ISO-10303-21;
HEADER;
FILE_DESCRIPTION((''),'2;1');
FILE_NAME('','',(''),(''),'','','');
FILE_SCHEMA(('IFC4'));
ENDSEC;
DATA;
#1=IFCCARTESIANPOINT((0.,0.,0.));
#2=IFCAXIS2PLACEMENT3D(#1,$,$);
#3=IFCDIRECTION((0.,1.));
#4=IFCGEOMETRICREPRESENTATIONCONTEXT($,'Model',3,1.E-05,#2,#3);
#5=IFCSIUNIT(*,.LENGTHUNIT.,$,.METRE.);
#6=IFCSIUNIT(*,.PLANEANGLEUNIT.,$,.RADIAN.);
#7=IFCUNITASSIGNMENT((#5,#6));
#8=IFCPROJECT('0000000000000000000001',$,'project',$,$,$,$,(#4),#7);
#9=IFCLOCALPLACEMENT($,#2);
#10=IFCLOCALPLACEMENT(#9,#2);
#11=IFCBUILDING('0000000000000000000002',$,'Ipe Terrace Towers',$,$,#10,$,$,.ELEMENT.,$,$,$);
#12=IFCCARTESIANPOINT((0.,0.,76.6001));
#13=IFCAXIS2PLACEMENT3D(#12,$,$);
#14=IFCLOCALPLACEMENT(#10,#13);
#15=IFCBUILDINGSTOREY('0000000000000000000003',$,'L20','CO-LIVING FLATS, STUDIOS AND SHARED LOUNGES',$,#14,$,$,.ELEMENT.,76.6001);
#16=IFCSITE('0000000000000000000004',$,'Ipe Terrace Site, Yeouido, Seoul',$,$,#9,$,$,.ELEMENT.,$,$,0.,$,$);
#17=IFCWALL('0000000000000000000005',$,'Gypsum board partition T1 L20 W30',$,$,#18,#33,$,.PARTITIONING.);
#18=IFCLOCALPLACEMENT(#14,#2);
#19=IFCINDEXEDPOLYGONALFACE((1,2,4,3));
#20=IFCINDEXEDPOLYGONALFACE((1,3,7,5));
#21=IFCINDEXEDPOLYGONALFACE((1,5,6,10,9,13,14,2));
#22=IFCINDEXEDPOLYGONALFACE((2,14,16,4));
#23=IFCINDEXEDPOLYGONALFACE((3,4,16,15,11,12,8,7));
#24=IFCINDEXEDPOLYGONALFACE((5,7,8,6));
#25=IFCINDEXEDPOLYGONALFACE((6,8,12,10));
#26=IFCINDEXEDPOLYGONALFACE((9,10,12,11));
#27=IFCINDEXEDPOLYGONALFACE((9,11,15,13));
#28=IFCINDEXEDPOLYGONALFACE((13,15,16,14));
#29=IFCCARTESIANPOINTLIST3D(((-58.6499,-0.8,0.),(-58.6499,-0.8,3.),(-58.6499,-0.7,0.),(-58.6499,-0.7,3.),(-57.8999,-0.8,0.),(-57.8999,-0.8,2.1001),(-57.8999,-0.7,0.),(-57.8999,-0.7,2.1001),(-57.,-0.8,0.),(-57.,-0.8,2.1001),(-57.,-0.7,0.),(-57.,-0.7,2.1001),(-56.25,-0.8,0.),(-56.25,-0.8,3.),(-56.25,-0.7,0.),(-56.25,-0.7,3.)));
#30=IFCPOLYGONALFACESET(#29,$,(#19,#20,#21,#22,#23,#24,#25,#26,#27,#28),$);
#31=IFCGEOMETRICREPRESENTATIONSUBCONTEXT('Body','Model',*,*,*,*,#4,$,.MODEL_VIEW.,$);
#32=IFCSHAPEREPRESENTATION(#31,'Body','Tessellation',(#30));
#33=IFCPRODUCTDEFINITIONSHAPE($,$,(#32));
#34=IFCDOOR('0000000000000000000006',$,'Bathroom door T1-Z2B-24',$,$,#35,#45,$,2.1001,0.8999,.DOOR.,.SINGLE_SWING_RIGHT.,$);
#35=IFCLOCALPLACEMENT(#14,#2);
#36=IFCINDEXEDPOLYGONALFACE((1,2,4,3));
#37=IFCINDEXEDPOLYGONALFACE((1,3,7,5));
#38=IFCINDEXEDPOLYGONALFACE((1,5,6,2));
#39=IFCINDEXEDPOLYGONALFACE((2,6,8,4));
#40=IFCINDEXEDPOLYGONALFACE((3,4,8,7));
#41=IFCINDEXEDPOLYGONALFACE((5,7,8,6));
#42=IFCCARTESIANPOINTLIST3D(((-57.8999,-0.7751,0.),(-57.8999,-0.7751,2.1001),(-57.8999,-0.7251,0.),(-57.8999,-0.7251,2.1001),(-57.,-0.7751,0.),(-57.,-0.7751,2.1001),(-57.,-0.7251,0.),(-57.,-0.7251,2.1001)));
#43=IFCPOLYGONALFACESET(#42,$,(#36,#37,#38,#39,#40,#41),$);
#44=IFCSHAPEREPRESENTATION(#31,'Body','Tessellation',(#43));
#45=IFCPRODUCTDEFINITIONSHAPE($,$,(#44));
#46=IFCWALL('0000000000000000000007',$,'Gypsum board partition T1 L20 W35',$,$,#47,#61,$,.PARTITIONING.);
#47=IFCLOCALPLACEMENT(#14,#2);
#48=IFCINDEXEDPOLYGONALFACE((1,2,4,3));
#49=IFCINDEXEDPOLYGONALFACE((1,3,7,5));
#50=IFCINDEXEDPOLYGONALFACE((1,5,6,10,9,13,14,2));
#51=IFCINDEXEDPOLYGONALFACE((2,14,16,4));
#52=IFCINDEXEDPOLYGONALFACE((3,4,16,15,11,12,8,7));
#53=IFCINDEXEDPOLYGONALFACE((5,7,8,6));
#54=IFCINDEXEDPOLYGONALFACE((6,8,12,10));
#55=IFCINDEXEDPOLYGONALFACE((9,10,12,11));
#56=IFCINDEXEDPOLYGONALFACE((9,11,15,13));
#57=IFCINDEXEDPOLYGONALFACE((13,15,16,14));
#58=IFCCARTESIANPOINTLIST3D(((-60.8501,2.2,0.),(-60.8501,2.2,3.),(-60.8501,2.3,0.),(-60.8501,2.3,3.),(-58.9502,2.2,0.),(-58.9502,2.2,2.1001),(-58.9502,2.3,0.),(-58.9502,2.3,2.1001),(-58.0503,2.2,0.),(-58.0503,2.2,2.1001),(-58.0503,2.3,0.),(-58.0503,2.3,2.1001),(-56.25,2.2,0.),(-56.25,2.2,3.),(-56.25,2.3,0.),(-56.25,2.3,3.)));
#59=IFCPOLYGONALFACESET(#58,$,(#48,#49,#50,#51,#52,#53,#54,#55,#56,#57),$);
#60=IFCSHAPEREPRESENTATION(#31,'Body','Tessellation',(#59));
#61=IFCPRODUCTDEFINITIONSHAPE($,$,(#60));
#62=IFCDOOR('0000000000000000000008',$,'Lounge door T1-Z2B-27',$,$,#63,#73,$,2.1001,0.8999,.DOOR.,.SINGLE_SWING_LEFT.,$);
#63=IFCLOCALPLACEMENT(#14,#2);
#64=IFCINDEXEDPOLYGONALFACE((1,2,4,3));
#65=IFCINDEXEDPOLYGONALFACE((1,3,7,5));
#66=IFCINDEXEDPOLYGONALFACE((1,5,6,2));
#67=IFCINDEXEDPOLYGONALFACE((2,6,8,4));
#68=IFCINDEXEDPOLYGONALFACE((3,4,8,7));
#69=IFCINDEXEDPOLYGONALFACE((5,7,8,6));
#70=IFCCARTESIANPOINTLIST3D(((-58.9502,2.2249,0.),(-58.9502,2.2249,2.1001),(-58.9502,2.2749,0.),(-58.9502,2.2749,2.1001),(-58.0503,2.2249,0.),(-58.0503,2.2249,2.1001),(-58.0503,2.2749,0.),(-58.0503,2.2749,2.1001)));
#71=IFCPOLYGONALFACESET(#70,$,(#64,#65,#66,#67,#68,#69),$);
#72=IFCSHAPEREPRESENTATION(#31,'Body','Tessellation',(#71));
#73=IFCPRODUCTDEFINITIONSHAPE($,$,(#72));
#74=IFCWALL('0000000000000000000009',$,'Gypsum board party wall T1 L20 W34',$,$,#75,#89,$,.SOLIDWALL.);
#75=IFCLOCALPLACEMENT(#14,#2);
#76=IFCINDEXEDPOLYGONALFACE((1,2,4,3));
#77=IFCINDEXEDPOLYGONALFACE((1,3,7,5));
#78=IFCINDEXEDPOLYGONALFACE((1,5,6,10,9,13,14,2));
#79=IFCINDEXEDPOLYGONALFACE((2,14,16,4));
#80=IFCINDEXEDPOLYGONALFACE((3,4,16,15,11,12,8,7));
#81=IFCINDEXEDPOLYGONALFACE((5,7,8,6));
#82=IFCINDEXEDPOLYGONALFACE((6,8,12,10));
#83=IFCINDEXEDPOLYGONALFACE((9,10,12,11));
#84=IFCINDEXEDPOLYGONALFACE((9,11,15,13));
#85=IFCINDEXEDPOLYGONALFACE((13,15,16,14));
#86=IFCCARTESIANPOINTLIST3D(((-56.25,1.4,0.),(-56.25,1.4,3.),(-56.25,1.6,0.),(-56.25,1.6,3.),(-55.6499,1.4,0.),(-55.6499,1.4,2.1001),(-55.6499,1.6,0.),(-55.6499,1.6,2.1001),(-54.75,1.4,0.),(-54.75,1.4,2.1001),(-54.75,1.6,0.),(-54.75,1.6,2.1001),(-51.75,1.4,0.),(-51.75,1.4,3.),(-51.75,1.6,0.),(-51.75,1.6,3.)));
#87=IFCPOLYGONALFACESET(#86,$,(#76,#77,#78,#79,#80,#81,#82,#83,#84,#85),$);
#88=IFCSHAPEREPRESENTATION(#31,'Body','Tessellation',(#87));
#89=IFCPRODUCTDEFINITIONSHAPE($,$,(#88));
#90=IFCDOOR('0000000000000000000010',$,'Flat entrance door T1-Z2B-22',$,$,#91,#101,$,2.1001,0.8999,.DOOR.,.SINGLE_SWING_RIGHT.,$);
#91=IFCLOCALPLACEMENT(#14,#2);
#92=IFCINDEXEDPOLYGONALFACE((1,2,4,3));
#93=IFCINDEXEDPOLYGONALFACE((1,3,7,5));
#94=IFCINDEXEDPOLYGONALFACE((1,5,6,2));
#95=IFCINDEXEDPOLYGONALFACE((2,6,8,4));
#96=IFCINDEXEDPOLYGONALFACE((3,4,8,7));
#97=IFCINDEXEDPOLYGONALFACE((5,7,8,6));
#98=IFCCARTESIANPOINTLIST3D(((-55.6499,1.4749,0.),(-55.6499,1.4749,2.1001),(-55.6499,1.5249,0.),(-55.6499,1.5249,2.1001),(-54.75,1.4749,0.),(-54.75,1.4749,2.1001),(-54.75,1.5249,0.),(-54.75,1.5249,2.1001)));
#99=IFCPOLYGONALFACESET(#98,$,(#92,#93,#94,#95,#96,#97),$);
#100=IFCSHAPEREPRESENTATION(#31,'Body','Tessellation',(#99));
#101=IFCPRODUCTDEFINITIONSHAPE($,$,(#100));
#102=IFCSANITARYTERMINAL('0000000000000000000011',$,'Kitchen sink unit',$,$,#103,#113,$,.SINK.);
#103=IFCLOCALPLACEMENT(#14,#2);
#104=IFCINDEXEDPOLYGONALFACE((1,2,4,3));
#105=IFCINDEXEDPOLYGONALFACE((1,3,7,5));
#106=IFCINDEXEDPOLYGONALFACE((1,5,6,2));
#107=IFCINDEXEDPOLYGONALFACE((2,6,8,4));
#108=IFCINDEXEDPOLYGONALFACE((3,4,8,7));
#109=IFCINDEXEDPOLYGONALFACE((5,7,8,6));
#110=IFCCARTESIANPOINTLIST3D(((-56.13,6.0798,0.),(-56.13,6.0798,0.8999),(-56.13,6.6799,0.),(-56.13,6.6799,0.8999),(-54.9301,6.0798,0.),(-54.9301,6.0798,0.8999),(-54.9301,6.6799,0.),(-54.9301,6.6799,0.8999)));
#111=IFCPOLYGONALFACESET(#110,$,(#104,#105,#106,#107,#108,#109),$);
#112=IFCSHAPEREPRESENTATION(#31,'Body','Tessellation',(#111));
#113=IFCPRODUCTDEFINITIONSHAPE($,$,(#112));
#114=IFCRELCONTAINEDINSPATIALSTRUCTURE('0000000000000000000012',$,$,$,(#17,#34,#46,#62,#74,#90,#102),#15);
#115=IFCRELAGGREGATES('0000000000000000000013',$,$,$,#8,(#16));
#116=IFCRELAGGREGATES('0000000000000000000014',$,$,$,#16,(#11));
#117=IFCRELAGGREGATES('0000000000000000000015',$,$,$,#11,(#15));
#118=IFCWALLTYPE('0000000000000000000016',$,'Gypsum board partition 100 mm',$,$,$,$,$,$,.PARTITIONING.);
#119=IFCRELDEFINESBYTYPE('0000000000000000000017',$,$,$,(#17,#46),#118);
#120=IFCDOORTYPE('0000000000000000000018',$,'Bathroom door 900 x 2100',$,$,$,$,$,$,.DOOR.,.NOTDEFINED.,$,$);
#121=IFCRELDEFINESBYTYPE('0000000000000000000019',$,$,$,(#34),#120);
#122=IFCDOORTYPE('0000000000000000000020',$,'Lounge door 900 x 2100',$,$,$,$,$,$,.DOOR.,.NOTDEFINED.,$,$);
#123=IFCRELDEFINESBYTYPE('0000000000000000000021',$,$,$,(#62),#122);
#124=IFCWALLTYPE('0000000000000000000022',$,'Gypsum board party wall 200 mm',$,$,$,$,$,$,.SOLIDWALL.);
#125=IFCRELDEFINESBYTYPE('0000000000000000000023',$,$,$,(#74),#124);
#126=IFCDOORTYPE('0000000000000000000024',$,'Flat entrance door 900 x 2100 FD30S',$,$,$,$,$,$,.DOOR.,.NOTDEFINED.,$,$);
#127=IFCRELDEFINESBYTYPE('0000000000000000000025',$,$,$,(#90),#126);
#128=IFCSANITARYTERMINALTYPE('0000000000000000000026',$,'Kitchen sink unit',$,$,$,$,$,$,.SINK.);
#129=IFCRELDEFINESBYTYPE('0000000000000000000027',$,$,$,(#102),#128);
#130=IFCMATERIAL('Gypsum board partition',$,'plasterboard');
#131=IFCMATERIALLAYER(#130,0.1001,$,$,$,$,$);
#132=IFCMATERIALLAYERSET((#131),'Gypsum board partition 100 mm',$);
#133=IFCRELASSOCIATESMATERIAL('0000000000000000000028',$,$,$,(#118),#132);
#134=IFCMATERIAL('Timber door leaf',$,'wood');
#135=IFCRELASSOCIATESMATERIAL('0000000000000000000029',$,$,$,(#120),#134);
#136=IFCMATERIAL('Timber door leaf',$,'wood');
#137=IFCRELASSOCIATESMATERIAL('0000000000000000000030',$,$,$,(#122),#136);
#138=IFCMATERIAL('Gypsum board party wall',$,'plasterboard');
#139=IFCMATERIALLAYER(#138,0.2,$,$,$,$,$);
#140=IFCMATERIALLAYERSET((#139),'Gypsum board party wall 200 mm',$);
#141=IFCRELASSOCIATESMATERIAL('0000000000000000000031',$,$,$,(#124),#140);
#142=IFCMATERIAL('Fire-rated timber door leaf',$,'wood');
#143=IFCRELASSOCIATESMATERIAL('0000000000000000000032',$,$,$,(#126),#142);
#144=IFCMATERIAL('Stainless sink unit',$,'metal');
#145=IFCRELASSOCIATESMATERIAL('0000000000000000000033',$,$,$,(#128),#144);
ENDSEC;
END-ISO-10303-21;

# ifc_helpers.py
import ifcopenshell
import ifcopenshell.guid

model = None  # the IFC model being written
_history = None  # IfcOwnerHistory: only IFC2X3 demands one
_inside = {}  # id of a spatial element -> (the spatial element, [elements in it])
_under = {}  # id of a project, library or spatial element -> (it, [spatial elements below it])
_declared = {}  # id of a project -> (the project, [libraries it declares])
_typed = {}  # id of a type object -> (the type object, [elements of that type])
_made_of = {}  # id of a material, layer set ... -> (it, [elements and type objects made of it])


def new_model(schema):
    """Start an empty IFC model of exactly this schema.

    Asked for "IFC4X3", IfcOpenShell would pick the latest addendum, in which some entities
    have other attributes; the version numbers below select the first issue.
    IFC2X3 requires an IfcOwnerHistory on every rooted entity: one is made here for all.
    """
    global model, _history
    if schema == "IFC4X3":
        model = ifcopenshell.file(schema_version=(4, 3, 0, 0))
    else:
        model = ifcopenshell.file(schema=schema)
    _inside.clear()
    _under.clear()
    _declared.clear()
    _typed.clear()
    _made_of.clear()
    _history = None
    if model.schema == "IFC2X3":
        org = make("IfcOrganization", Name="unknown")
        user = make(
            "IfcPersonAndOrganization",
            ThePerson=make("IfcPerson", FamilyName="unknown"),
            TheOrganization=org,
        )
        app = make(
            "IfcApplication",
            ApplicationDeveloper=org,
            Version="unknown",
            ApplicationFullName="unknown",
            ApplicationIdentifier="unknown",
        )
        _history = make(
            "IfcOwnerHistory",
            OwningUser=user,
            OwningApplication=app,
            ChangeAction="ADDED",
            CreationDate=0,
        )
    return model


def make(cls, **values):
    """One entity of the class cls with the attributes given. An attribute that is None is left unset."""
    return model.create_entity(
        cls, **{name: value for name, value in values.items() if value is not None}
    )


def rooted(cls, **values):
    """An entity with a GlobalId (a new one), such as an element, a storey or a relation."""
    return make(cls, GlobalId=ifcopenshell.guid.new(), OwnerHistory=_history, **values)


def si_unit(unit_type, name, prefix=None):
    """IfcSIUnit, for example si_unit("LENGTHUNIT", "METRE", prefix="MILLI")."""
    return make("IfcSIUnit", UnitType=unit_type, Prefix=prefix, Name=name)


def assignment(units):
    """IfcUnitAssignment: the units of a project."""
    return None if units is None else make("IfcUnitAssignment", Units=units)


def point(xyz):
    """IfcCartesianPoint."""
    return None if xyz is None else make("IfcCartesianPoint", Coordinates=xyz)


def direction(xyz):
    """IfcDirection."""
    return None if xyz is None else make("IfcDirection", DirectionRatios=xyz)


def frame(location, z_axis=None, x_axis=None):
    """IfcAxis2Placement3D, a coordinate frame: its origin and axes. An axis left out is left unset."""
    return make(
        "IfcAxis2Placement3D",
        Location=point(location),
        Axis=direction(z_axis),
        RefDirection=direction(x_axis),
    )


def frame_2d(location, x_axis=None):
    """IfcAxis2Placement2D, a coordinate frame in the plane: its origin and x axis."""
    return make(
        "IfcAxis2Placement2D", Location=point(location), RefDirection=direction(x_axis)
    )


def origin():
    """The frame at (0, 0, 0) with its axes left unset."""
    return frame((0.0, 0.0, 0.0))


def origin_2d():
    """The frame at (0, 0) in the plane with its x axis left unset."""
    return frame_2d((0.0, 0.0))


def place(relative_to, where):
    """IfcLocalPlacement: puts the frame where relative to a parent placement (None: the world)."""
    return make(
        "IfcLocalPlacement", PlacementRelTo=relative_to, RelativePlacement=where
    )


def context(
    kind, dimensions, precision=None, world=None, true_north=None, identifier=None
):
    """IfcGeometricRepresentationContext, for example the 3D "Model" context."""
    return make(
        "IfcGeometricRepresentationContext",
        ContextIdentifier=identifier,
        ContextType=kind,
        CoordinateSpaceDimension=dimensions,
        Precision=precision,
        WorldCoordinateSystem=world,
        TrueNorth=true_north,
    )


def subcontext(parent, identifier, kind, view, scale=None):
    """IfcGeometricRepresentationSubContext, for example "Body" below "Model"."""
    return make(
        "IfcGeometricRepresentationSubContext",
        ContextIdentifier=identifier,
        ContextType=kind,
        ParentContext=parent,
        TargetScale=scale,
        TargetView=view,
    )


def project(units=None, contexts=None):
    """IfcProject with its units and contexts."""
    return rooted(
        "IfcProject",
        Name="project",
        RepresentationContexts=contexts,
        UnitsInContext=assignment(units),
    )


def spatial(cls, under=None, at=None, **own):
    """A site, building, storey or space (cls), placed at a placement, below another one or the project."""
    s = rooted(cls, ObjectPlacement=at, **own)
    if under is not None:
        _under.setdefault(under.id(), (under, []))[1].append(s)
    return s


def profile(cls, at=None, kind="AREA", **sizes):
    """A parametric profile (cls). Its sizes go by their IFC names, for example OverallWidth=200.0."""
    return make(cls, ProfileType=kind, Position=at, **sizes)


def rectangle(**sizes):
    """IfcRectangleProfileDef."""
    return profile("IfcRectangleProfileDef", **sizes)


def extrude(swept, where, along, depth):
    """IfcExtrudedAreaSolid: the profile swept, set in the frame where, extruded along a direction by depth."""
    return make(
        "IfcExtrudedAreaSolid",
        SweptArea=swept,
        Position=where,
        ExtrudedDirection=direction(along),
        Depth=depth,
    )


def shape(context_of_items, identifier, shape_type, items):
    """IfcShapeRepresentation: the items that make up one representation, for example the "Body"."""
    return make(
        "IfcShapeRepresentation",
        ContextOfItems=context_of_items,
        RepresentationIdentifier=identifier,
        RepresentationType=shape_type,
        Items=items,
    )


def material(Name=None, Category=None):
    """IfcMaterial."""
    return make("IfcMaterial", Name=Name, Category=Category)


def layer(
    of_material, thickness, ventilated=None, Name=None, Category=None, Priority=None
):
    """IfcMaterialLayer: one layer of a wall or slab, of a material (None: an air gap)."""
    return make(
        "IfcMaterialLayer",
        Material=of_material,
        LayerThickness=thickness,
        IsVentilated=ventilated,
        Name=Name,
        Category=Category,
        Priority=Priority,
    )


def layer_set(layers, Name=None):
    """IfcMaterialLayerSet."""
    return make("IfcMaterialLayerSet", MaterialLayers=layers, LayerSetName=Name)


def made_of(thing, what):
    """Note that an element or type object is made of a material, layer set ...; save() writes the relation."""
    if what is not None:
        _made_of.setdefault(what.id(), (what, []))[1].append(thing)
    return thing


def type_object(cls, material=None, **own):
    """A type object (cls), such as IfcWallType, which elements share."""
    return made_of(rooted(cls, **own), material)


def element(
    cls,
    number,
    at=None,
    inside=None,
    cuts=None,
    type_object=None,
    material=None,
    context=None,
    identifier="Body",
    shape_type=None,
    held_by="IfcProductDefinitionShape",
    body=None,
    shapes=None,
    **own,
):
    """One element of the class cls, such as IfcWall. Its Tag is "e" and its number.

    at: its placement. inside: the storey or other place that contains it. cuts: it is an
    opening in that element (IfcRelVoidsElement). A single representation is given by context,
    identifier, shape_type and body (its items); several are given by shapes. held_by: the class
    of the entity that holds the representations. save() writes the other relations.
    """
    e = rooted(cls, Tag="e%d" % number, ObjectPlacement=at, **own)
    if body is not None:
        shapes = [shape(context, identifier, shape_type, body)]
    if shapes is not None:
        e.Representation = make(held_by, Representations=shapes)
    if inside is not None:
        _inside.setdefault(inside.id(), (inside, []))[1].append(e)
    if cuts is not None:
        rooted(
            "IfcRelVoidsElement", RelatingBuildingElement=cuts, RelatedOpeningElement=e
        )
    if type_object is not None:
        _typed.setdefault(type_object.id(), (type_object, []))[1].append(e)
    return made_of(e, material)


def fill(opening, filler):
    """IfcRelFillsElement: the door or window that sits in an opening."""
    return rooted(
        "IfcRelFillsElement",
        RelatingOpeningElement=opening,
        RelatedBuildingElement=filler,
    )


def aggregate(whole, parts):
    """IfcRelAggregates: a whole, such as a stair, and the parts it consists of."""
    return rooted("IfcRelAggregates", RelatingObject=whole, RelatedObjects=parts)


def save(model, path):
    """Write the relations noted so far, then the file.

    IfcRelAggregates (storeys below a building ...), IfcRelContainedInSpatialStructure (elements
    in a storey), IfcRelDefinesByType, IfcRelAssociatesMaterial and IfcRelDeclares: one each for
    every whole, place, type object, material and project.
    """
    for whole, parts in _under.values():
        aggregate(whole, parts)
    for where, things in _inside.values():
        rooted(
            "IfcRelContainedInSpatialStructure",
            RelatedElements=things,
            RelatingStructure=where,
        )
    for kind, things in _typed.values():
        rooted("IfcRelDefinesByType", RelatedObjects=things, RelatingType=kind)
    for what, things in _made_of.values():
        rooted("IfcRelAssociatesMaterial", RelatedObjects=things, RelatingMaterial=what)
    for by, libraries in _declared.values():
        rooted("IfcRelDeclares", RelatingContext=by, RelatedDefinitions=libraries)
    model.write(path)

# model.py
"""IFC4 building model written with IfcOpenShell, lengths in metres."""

from ifc_helpers import new_model, si_unit, direction, frame, frame_2d, origin, origin_2d, place, context, subcontext, project, spatial, rectangle, extrude, material, layer, layer_set, type_object, element, fill, save


model = new_model("IFC4")

# Units and contexts
model_context = context("Model", 3, precision=1e-05, world=origin(), true_north=direction((0.0, 1.0)))
body_context = subcontext(model_context, "Body", "Model", "MODEL_VIEW")
ifc_project = project(units=[si_unit("LENGTHUNIT", "METRE"), si_unit("PLANEANGLEUNIT", "RADIAN")], contexts=[model_context])

# Site, building, storey
site_placement = place(None, origin())
site = spatial("IfcSite", under=ifc_project, at=site_placement, Name="Ipe Terrace Site, Yeouido, Seoul", CompositionType="ELEMENT", RefElevation=0.0)
building_placement = place(site_placement, origin())
building = spatial("IfcBuilding", under=site, at=building_placement, Name="Ipe Terrace Towers", CompositionType="ELEMENT")
storey_placement = place(building_placement, frame((0.0, 0.0, 76.6001)))
storey = spatial("IfcBuildingStorey", under=building, at=storey_placement, Name="L20", Description="CO-LIVING FLATS, STUDIOS AND SHARED LOUNGES", CompositionType="ELEMENT", Elevation=76.6001)

# Walls, openings, doors
ifc_material_1 = material(Name="Gypsum board partition", Category="plasterboard")
ifc_layer_1 = layer(ifc_material_1, 0.1001)
ifc_layer_set_1 = layer_set([ifc_layer_1], Name="Gypsum board partition 100 mm")
wall_type_1 = type_object("IfcWallType", Name="Gypsum board partition 100 mm", PredefinedType="PARTITIONING", material=ifc_layer_set_1)
wall_1_placement = place(storey_placement, frame((-58.6499, -0.75, 0.0), z_axis=(0.0, 0.0, 1.0), x_axis=(1.0, 0.0, 0.0)))
wall_1 = element("IfcWall", 1, at=wall_1_placement, inside=storey, type_object=wall_type_1, Name="Gypsum board partition T1 L20 W30", PredefinedType="PARTITIONING", context=body_context, shape_type="SweptSolid", body=[
    extrude(rectangle(XDim=2.3999, YDim=0.1001, at=frame_2d((1.2, 0.0))), origin(), (0.0, 0.0, 1.0), 3.0),
])
opening_1_placement = place(wall_1_placement, frame((0.75, 0.0, 0.0)))
opening_1 = element("IfcOpeningElement", 2, at=opening_1_placement, cuts=wall_1, PredefinedType="OPENING", context=body_context, shape_type="SweptSolid", body=[
    extrude(rectangle(XDim=0.8999, YDim=2.1001, at=frame_2d((0.45, 1.05))), frame((0.0, 0.0601, 0.0), z_axis=(0.0, -1.0, 0.0), x_axis=(1.0, 0.0, 0.0)), (0.0, 0.0, 1.0), 0.1201),
])
ifc_material_2 = material(Name="Timber door leaf", Category="wood")
door_type_1 = type_object("IfcDoorType", Name="Bathroom door 900 x 2100", OperationType="NOTDEFINED", PredefinedType="DOOR", material=ifc_material_2)
door_1_placement = place(opening_1_placement, origin())
door_1 = element("IfcDoor", 3, at=door_1_placement, inside=storey, type_object=door_type_1, Name="Bathroom door T1-Z2B-24", OperationType="SINGLE_SWING_RIGHT", OverallHeight=2.1001, OverallWidth=0.8999, PredefinedType="DOOR", context=body_context, shape_type="SweptSolid", body=[
    extrude(rectangle(XDim=0.8999, YDim=2.1001, at=frame_2d((0.45, 1.05))), frame((0.0, 0.0249, 0.0), z_axis=(0.0, -1.0, 0.0), x_axis=(1.0, 0.0, 0.0)), (0.0, 0.0, 1.0), 0.05),
])
fill(opening_1, door_1)
wall_2_placement = place(storey_placement, frame((-60.8501, 2.25, 0.0), z_axis=(0.0, 0.0, 1.0), x_axis=(1.0, 0.0, 0.0)))
wall_2 = element("IfcWall", 4, at=wall_2_placement, inside=storey, type_object=wall_type_1, Name="Gypsum board partition T1 L20 W35", PredefinedType="PARTITIONING", context=body_context, shape_type="SweptSolid", body=[
    extrude(rectangle(XDim=4.6001, YDim=0.1001, at=frame_2d((2.3, 0.0))), origin(), (0.0, 0.0, 1.0), 3.0),
])
opening_2_placement = place(wall_2_placement, frame((1.8999, 0.0, 0.0)))
opening_2 = element("IfcOpeningElement", 5, at=opening_2_placement, cuts=wall_2, PredefinedType="OPENING", context=body_context, shape_type="SweptSolid", body=[
    extrude(rectangle(XDim=0.8999, YDim=2.1001, at=frame_2d((0.45, 1.05))), frame((0.0, 0.0601, 0.0), z_axis=(0.0, -1.0, 0.0), x_axis=(1.0, 0.0, 0.0)), (0.0, 0.0, 1.0), 0.1201),
])
ifc_material_3 = material(Name="Timber door leaf", Category="wood")
door_type_2 = type_object("IfcDoorType", Name="Lounge door 900 x 2100", OperationType="NOTDEFINED", PredefinedType="DOOR", material=ifc_material_3)
door_2_placement = place(opening_2_placement, origin())
door_2 = element("IfcDoor", 6, at=door_2_placement, inside=storey, type_object=door_type_2, Name="Lounge door T1-Z2B-27", OperationType="SINGLE_SWING_LEFT", OverallHeight=2.1001, OverallWidth=0.8999, PredefinedType="DOOR", context=body_context, shape_type="SweptSolid", body=[
    extrude(rectangle(XDim=0.8999, YDim=2.1001, at=frame_2d((0.45, 1.05))), frame((0.0, 0.0249, 0.0), z_axis=(0.0, -1.0, 0.0), x_axis=(1.0, 0.0, 0.0)), (0.0, 0.0, 1.0), 0.05),
])
fill(opening_2, door_2)
ifc_material_4 = material(Name="Gypsum board party wall", Category="plasterboard")
ifc_layer_2 = layer(ifc_material_4, 0.2)
ifc_layer_set_2 = layer_set([ifc_layer_2], Name="Gypsum board party wall 200 mm")
wall_type_2 = type_object("IfcWallType", Name="Gypsum board party wall 200 mm", PredefinedType="SOLIDWALL", material=ifc_layer_set_2)
wall_3_placement = place(storey_placement, frame((-56.25, 1.5, 0.0), z_axis=(0.0, 0.0, 1.0), x_axis=(1.0, 0.0, 0.0)))
wall_3 = element("IfcWall", 7, at=wall_3_placement, inside=storey, type_object=wall_type_2, Name="Gypsum board party wall T1 L20 W34", PredefinedType="SOLIDWALL", context=body_context, shape_type="SweptSolid", body=[
    extrude(rectangle(XDim=4.5, YDim=0.2, at=frame_2d((2.25, 0.0))), origin(), (0.0, 0.0, 1.0), 3.0),
])
opening_3_placement = place(wall_3_placement, frame((0.6001, 0.0, 0.0)))
opening_3 = element("IfcOpeningElement", 8, at=opening_3_placement, cuts=wall_3, PredefinedType="OPENING", context=body_context, shape_type="SweptSolid", body=[
    extrude(rectangle(XDim=0.8999, YDim=2.1001, at=frame_2d((0.45, 1.05))), frame((0.0, 0.1099, 0.0), z_axis=(0.0, -1.0, 0.0), x_axis=(1.0, 0.0, 0.0)), (0.0, 0.0, 1.0), 0.22),
])
ifc_material_5 = material(Name="Fire-rated timber door leaf", Category="wood")
door_type_3 = type_object("IfcDoorType", Name="Flat entrance door 900 x 2100 FD30S", OperationType="NOTDEFINED", PredefinedType="DOOR", material=ifc_material_5)
door_3_placement = place(opening_3_placement, origin())
door_3 = element("IfcDoor", 9, at=door_3_placement, inside=storey, type_object=door_type_3, Name="Flat entrance door T1-Z2B-22", OperationType="SINGLE_SWING_RIGHT", OverallHeight=2.1001, OverallWidth=0.8999, PredefinedType="DOOR", context=body_context, shape_type="SweptSolid", body=[
    extrude(rectangle(XDim=0.8999, YDim=2.1001, at=frame_2d((0.45, 1.05))), frame((0.0, 0.0249, 0.0), z_axis=(0.0, -1.0, 0.0), x_axis=(1.0, 0.0, 0.0)), (0.0, 0.0, 1.0), 0.05),
])
fill(opening_3, door_3)

# Sanitary terminal
ifc_material_6 = material(Name="Stainless sink unit", Category="metal")
sanitary_terminal_type = type_object("IfcSanitaryTerminalType", Name="Kitchen sink unit", PredefinedType="SINK", material=ifc_material_6)
sanitary_terminal_placement = place(storey_placement, frame((-55.53, 6.3799, 0.0), z_axis=(0.0, 0.0, 1.0), x_axis=(1.0, 0.0, 0.0)))
element("IfcSanitaryTerminal", 10, at=sanitary_terminal_placement, inside=storey, type_object=sanitary_terminal_type, Name="Kitchen sink unit", PredefinedType="SINK", context=body_context, shape_type="SweptSolid", body=[
    extrude(rectangle(XDim=1.2, YDim=0.6001, at=origin_2d()), origin(), (0.0, 0.0, 1.0), 0.8999),
])

save(model, "model.ifc")
